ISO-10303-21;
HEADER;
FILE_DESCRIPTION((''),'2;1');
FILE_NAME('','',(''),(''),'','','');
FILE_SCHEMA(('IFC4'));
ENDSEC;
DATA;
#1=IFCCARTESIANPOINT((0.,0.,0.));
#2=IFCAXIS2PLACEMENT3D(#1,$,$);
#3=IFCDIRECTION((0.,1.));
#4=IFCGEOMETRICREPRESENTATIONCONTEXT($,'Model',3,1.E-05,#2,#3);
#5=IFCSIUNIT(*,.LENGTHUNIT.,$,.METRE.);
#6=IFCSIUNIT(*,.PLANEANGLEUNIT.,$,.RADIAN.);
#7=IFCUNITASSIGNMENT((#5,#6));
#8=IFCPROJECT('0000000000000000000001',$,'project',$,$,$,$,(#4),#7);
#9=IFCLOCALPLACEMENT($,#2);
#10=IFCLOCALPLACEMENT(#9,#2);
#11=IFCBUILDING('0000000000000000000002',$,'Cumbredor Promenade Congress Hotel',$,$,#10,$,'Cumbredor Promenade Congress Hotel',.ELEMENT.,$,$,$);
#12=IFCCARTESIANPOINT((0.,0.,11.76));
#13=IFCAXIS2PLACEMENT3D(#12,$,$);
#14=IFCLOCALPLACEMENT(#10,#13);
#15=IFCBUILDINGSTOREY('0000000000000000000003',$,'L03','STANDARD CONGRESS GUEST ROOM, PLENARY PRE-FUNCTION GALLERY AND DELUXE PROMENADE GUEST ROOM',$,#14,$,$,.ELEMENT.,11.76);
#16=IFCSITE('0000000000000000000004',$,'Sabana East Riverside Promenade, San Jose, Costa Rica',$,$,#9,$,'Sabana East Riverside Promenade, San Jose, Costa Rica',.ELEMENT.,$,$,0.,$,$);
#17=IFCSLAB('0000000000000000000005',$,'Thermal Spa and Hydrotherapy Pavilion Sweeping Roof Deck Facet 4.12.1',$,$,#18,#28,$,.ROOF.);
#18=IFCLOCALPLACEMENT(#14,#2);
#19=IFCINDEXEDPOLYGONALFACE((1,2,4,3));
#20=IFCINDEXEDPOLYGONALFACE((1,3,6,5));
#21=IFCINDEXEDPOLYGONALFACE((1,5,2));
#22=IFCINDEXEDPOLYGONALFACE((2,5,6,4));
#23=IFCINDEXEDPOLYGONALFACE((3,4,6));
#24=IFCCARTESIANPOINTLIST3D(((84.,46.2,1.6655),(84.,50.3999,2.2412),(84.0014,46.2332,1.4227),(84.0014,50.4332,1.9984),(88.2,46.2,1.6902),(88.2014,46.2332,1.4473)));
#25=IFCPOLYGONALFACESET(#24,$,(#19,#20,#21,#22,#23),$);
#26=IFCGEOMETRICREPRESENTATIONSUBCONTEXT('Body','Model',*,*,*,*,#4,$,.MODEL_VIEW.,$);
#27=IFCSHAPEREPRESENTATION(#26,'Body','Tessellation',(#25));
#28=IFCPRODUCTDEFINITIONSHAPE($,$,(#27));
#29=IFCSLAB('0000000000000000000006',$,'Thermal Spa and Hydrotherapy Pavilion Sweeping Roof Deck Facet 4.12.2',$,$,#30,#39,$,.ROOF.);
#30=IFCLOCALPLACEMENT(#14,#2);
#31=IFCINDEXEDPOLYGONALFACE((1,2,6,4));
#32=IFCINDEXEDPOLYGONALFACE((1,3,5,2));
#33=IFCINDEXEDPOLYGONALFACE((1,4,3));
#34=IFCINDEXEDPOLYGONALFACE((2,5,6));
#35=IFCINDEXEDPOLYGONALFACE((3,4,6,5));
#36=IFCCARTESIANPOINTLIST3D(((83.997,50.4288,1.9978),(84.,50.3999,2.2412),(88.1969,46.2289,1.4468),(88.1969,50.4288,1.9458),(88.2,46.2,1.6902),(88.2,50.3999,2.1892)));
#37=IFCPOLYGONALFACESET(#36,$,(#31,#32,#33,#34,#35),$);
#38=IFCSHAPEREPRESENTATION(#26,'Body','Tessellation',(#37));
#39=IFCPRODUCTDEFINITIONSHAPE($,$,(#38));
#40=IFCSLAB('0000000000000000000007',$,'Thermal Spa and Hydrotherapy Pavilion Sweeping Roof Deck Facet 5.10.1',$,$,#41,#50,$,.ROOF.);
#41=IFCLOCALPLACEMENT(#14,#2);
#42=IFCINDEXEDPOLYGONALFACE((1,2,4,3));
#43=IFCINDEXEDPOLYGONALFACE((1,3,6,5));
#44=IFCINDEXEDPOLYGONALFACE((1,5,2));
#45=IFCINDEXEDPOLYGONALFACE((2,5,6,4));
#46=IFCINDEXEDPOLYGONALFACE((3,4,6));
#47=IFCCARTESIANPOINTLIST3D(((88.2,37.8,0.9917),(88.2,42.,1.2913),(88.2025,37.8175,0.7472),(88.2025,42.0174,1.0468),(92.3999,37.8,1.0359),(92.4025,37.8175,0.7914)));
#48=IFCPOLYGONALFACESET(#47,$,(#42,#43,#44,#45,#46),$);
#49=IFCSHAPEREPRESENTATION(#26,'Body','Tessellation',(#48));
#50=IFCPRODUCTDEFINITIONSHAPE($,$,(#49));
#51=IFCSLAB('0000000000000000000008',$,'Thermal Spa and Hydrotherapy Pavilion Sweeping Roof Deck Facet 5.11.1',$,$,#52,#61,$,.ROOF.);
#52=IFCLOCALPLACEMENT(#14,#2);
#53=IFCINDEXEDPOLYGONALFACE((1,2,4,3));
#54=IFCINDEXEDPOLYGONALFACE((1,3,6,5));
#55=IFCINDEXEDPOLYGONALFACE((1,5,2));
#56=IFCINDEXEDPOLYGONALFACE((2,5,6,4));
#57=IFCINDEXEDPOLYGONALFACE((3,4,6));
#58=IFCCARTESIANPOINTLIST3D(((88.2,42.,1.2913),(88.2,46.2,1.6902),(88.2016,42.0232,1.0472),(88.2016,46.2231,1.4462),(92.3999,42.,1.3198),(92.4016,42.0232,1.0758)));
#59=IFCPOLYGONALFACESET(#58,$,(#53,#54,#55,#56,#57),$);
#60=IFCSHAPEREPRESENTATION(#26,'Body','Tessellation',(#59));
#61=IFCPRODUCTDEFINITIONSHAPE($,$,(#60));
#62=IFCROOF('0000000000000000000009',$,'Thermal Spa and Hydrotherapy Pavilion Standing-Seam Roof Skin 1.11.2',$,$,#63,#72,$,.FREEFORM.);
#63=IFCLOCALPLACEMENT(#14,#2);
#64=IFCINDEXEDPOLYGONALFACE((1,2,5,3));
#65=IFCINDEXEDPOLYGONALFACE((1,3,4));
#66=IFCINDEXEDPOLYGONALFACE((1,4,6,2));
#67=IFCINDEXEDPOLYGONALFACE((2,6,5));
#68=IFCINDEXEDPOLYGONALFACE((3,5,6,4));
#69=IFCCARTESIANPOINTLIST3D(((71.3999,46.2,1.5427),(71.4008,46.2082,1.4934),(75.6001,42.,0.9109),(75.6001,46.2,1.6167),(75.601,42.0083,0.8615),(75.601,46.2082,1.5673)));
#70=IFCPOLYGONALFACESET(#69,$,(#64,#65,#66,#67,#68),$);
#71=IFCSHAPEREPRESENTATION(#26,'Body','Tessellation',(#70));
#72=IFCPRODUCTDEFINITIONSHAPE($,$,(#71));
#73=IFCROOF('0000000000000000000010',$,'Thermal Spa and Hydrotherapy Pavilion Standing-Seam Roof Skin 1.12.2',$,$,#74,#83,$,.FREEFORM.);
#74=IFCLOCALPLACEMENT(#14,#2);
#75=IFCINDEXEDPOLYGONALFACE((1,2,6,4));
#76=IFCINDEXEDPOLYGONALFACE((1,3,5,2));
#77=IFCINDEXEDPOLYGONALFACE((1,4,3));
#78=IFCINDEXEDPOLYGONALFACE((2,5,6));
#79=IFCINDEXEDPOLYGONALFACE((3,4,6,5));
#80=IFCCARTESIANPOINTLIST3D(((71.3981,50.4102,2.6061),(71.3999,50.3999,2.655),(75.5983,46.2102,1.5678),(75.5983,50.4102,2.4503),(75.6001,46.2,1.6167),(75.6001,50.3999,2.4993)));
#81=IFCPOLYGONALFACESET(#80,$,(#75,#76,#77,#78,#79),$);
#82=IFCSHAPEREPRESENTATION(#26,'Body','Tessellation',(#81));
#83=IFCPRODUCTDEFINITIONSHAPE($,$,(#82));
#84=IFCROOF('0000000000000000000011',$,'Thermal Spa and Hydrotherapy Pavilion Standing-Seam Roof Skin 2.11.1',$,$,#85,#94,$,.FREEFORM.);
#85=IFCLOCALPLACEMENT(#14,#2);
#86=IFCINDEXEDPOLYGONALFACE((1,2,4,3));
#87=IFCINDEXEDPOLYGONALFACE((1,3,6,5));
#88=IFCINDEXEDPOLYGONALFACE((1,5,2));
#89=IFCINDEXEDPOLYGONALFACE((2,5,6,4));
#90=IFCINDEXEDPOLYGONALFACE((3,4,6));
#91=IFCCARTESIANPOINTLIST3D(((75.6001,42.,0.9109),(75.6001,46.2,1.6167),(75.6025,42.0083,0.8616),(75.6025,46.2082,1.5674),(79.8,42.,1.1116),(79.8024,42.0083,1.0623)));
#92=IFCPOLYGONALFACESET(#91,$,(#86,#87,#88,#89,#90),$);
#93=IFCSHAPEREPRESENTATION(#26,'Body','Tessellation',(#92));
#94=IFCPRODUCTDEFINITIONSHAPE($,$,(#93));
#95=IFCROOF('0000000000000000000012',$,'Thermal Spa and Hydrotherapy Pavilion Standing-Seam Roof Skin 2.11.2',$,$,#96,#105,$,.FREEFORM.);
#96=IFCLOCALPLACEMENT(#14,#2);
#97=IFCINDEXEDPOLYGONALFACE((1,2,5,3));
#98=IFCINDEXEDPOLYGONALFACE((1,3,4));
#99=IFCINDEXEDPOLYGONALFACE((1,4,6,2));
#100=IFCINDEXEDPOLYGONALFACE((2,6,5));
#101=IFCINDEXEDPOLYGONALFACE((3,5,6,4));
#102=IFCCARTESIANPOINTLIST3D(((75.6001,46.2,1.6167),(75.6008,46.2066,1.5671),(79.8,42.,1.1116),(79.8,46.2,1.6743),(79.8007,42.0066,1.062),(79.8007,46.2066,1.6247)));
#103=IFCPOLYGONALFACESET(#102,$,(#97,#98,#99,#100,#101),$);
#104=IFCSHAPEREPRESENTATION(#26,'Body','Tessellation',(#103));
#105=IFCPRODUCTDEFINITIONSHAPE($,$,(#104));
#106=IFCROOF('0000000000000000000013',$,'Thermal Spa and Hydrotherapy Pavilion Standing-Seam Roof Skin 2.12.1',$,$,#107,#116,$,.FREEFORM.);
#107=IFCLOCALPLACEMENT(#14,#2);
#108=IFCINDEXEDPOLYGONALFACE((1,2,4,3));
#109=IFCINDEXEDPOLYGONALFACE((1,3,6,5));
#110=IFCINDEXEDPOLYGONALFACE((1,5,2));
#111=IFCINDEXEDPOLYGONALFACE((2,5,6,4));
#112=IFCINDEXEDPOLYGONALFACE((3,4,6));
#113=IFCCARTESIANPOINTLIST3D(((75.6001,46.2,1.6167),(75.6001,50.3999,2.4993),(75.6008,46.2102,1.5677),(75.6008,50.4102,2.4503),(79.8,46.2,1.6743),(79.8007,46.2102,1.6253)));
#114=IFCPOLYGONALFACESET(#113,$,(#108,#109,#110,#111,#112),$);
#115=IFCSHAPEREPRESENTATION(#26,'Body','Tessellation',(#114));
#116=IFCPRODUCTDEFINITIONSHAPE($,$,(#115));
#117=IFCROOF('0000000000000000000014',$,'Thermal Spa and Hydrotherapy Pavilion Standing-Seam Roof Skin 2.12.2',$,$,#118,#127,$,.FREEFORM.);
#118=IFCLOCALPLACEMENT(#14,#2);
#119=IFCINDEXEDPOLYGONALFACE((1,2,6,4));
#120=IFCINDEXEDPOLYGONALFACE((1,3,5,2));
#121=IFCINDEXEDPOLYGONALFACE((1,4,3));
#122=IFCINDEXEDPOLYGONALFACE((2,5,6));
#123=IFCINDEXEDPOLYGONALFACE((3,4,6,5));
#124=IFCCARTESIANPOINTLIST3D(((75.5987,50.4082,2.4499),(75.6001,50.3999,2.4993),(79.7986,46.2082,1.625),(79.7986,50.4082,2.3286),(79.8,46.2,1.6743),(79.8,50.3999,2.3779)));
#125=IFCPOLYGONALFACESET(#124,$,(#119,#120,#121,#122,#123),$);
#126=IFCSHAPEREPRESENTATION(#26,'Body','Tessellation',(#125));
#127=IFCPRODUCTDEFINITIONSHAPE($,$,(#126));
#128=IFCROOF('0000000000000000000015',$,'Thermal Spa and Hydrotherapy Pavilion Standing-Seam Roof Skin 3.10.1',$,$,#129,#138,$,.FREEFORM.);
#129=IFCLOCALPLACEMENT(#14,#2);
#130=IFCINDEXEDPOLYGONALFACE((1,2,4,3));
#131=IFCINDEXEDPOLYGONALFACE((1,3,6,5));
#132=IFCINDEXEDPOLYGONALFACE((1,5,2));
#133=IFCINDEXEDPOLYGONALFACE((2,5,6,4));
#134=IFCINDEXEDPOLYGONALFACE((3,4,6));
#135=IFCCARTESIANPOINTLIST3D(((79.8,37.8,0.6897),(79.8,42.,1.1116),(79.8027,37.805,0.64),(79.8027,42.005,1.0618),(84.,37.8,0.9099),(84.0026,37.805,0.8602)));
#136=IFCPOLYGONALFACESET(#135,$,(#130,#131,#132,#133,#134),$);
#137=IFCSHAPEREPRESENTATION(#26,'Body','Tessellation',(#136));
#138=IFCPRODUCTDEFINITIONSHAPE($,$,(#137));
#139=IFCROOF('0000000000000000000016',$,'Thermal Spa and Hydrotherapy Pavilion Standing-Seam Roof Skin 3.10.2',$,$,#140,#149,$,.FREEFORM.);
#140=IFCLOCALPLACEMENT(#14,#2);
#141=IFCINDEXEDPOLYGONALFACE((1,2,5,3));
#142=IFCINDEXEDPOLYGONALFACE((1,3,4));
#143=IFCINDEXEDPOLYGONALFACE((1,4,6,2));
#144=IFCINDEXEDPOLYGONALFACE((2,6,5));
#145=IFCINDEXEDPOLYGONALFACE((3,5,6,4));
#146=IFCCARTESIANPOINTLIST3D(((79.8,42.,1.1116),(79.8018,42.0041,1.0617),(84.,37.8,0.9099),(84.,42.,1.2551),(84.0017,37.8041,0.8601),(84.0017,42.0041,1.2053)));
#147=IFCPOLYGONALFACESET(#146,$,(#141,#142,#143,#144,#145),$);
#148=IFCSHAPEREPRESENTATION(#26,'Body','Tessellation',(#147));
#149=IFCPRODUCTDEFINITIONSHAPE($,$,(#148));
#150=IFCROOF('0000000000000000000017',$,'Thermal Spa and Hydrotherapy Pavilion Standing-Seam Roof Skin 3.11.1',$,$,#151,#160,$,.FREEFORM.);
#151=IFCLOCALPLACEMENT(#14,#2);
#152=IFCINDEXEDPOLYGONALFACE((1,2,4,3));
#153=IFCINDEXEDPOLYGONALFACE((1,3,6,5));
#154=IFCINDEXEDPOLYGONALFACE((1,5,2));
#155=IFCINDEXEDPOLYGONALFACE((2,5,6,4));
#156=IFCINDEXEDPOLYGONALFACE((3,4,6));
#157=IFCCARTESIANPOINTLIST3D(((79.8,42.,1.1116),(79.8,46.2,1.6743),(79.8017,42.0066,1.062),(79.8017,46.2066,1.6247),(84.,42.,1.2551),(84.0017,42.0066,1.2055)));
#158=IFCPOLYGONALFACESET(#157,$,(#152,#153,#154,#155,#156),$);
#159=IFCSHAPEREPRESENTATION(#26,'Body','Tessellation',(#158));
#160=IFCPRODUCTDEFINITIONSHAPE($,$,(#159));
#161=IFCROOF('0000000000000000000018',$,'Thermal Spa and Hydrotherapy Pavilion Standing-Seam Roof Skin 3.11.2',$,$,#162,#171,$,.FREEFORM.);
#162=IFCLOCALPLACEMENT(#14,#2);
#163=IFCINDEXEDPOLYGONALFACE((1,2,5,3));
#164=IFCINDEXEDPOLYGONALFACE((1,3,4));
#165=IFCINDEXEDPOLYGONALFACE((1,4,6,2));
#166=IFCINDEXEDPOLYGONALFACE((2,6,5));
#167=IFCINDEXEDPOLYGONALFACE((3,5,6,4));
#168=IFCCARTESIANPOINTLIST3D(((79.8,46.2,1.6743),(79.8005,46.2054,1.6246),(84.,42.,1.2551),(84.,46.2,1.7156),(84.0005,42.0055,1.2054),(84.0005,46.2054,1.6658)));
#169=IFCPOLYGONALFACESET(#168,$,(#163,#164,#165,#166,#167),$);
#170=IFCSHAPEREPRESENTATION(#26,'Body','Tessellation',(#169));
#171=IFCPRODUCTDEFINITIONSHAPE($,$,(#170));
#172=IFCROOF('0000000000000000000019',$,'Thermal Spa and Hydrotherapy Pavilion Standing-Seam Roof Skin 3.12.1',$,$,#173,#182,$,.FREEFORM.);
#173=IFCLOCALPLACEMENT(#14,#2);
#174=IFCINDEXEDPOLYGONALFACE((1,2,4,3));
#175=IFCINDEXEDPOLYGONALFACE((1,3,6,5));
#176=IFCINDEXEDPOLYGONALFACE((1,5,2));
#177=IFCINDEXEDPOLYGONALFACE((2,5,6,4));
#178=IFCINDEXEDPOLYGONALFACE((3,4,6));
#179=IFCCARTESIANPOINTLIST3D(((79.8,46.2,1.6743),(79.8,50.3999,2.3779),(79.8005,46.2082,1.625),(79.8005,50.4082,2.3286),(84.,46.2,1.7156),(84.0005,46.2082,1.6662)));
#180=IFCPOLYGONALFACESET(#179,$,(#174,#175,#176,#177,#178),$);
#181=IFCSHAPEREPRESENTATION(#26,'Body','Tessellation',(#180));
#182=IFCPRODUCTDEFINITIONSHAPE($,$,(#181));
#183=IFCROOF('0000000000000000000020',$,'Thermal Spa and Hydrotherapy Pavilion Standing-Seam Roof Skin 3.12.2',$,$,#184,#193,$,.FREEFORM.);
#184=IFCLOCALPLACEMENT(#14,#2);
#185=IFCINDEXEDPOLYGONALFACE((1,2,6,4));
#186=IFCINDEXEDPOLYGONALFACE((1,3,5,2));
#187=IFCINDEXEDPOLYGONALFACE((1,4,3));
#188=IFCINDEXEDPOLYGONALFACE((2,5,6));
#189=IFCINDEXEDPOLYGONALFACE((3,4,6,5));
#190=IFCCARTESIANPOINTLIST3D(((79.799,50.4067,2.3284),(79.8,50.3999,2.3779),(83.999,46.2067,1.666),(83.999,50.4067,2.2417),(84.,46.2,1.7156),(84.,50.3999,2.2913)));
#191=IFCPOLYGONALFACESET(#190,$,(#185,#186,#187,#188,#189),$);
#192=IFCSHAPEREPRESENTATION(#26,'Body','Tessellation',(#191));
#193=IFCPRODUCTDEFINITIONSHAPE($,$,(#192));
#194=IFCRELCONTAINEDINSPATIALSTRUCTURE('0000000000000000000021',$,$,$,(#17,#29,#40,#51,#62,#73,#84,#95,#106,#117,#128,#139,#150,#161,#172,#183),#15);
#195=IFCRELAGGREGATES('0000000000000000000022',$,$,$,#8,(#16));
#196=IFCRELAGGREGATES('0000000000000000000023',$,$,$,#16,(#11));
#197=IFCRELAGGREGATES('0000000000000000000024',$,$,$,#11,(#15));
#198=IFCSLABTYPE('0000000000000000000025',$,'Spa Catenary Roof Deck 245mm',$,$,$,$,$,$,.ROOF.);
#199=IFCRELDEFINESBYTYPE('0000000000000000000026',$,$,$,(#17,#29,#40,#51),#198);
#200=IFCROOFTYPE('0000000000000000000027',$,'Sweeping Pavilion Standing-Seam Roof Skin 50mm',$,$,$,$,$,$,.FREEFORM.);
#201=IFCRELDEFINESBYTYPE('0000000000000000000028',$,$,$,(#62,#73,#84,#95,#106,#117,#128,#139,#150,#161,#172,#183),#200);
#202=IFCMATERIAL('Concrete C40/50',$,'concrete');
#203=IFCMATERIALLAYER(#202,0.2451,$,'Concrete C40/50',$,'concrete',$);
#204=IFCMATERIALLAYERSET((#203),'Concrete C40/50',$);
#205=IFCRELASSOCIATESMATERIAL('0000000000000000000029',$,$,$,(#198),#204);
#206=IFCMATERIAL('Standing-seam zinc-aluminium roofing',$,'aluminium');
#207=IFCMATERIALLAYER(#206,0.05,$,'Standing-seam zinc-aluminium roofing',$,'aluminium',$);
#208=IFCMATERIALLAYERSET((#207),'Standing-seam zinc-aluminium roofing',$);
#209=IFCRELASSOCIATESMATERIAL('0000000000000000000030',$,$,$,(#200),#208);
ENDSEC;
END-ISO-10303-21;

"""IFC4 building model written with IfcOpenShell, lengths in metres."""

from ifc_helpers import new_model, si_unit, direction, frame, origin, place, context, subcontext, project, spatial, polyline, outline, extrude, material, layer, layer_set, type_object, element, save


model = new_model("IFC4")

# Units and contexts
model_context = context("Model", 3, precision=1e-05, world=origin(), true_north=direction((0.0, 1.0)))
body_context = subcontext(model_context, "Body", "Model", "MODEL_VIEW")
ifc_project = project(units=[si_unit("LENGTHUNIT", "METRE"), si_unit("PLANEANGLEUNIT", "RADIAN")], contexts=[model_context])

# Site, building, storey
site_placement = place(None, origin())
site = spatial("IfcSite", under=ifc_project, at=site_placement, Name="Sabana East Riverside Promenade, San Jose, Costa Rica", LongName="Sabana East Riverside Promenade, San Jose, Costa Rica", CompositionType="ELEMENT", RefElevation=0.0)
building_placement = place(site_placement, origin())
building = spatial("IfcBuilding", under=site, at=building_placement, Name="Cumbredor Promenade Congress Hotel", LongName="Cumbredor Promenade Congress Hotel", CompositionType="ELEMENT")
storey_placement = place(building_placement, frame((0.0, 0.0, 11.76)))
storey = spatial("IfcBuildingStorey", under=building, at=storey_placement, Name="L03", Description="STANDARD CONGRESS GUEST ROOM, PLENARY PRE-FUNCTION GALLERY AND DELUXE PROMENADE GUEST ROOM", CompositionType="ELEMENT", Elevation=11.76)

# Slabs
ifc_material_1 = material(Name="Concrete C40/50", Category="concrete")
ifc_layer_1 = layer(ifc_material_1, 0.2451, Name="Concrete C40/50", Category="concrete")
ifc_layer_set_1 = layer_set([ifc_layer_1], Name="Concrete C40/50")
slab_type = type_object("IfcSlabType", Name="Spa Catenary Roof Deck 245mm", PredefinedType="ROOF", material=ifc_layer_set_1)
slab_1_placement = place(storey_placement, frame((84.0, 46.2, 1.6655), z_axis=(-0.005817, -0.135797, 0.99072), x_axis=(0.999983, 0.0, 0.005871)))
element("IfcSlab", 1, at=slab_1_placement, inside=storey, type_object=slab_type, Name="Thermal Spa and Hydrotherapy Pavilion Sweeping Roof Deck Facet 4.12.1", PredefinedType="ROOF", context=body_context, shape_type="SweptSolid", body=[
    extrude(outline(polyline([(0.0, 0.0), (4.2, 0.0), (0.0034, 4.2392), (0.0, 0.0)])), origin(), (0.0, 0.0, -1.0), 0.2451),
])
slab_2_placement = place(storey_placement, frame((88.2, 46.2, 1.6902), z_axis=(0.012294, -0.117978, 0.99294), x_axis=(0.0, 0.993015, 0.117987)))
element("IfcSlab", 2, at=slab_2_placement, inside=storey, type_object=slab_type, Name="Thermal Spa and Hydrotherapy Pavilion Sweeping Roof Deck Facet 4.12.2", PredefinedType="ROOF", context=body_context, shape_type="SweptSolid", body=[
    extrude(outline(polyline([(0.0, 0.0), (4.2295, 0.0), (4.2356, 4.2003), (0.0, 0.0)])), origin(), (0.0, 0.0, -1.0), 0.2451),
])
slab_3_placement = place(storey_placement, frame((88.2, 37.8, 0.9917), z_axis=(-0.010494, -0.07114, 0.997411), x_axis=(0.999945, 0.0, 0.010521)))
element("IfcSlab", 3, at=slab_3_placement, inside=storey, type_object=slab_type, Name="Thermal Spa and Hydrotherapy Pavilion Sweeping Roof Deck Facet 5.10.1", PredefinedType="ROOF", context=body_context, shape_type="SweptSolid", body=[
    extrude(outline(polyline([(0.0, 0.0), (4.2002, 0.0), (0.0032, 4.2106), (0.0, 0.0)])), origin(), (0.0, 0.0, -1.0), 0.2451),
])
slab_4_placement = place(storey_placement, frame((88.2, 42.0, 1.2913), z_axis=(-0.006771, -0.094556, 0.995497), x_axis=(0.999977, 0.0, 0.006801)))
element("IfcSlab", 4, at=slab_4_placement, inside=storey, type_object=slab_type, Name="Thermal Spa and Hydrotherapy Pavilion Sweeping Roof Deck Facet 5.11.1", PredefinedType="ROOF", context=body_context, shape_type="SweptSolid", body=[
    extrude(outline(polyline([(0.0, 0.0), (4.2, 0.0), (0.0027, 4.2189), (0.0, 0.0)])), origin(), (0.0, 0.0, -1.0), 0.2451),
])

# Roofs
ifc_material_2 = material(Name="Standing-seam zinc-aluminium roofing", Category="aluminium")
ifc_layer_2 = layer(ifc_material_2, 0.05, Name="Standing-seam zinc-aluminium roofing", Category="aluminium")
ifc_layer_set_2 = layer_set([ifc_layer_2], Name="Standing-seam zinc-aluminium roofing")
roof_type = type_object("IfcRoofType", Name="Sweeping Pavilion Standing-Seam Roof Skin 50mm", PredefinedType="FREEFORM", material=ifc_layer_set_2)
roof_1_placement = place(storey_placement, frame((75.6001, 42.0, 0.9109), z_axis=(-0.017366, -0.165703, 0.986023), x_axis=(0.0, 0.986171, 0.165728)))
element("IfcRoof", 5, at=roof_1_placement, inside=storey, type_object=roof_type, Name="Thermal Spa and Hydrotherapy Pavilion Standing-Seam Roof Skin 1.11.2", PredefinedType="FREEFORM", context=body_context, shape_type="SweptSolid", body=[
    extrude(outline(polyline([(0.0, 0.0), (4.2588, 0.0), (4.2466, 4.2008), (0.0, 0.0)])), origin(), (0.0, 0.0, -1.0), 0.05),
])
roof_2_placement = place(storey_placement, frame((75.6001, 46.2, 1.6167), z_axis=(0.036268, -0.205511, 0.977983), x_axis=(0.0, 0.978626, 0.205646)))
element("IfcRoof", 6, at=roof_2_placement, inside=storey, type_object=roof_type, Name="Thermal Spa and Hydrotherapy Pavilion Standing-Seam Roof Skin 1.12.2", PredefinedType="FREEFORM", context=body_context, shape_type="SweptSolid", body=[
    extrude(outline(polyline([(0.0, 0.0), (4.2917, 0.0), (4.3237, 4.203), (0.0, 0.0)])), origin(), (0.0, 0.0, -1.0), 0.05),
])
roof_3_placement = place(storey_placement, frame((75.6001, 42.0, 0.9109), z_axis=(-0.047069, -0.165544, 0.985078), x_axis=(0.99886, 0.0, 0.047728)))
element("IfcRoof", 7, at=roof_3_placement, inside=storey, type_object=roof_type, Name="Thermal Spa and Hydrotherapy Pavilion Standing-Seam Roof Skin 2.11.1", PredefinedType="FREEFORM", context=body_context, shape_type="SweptSolid", body=[
    extrude(outline(polyline([(0.0, 0.0), (4.2047, 0.0), (0.0337, 4.2587), (0.0, 0.0)])), origin(), (0.0, 0.0, -1.0), 0.05),
])
roof_4_placement = place(storey_placement, frame((79.8, 42.0, 1.1116), z_axis=(-0.013596, -0.132789, 0.991051), x_axis=(0.0, 0.991143, 0.132801)))
element("IfcRoof", 8, at=roof_4_placement, inside=storey, type_object=roof_type, Name="Thermal Spa and Hydrotherapy Pavilion Standing-Seam Roof Skin 2.11.2", PredefinedType="FREEFORM", context=body_context, shape_type="SweptSolid", body=[
    extrude(outline(polyline([(0.0, 0.0), (4.2375, 0.0), (4.2298, 4.2003), (0.0, 0.0)])), origin(), (0.0, 0.0, -1.0), 0.05),
])
roof_5_placement = place(storey_placement, frame((75.6001, 46.2, 1.6167), z_axis=(-0.013424, -0.205628, 0.978538), x_axis=(0.999906, 0.0, 0.013717)))
element("IfcRoof", 9, at=roof_5_placement, inside=storey, type_object=roof_type, Name="Thermal Spa and Hydrotherapy Pavilion Standing-Seam Roof Skin 2.12.1", PredefinedType="FREEFORM", context=body_context, shape_type="SweptSolid", body=[
    extrude(outline(polyline([(0.0, 0.0), (4.2003, 0.0), (0.0121, 4.2917), (0.0, 0.0)])), origin(), (0.0, 0.0, -1.0), 0.05),
])
roof_6_placement = place(storey_placement, frame((79.8, 46.2, 1.6743), z_axis=(0.028482, -0.165159, 0.985856), x_axis=(0.0, 0.986256, 0.165226)))
element("IfcRoof", 10, at=roof_6_placement, inside=storey, type_object=roof_type, Name="Thermal Spa and Hydrotherapy Pavilion Standing-Seam Roof Skin 2.12.2", PredefinedType="FREEFORM", context=body_context, shape_type="SweptSolid", body=[
    extrude(outline(polyline([(0.0, 0.0), (4.2585, 0.0), (4.2785, 4.2017), (0.0, 0.0)])), origin(), (0.0, 0.0, -1.0), 0.05),
])
roof_7_placement = place(storey_placement, frame((79.8, 37.8, 0.6897), z_axis=(-0.052099, -0.099809, 0.993642), x_axis=(0.998628, 0.0, 0.052361)))
element("IfcRoof", 11, at=roof_7_placement, inside=storey, type_object=roof_type, Name="Thermal Spa and Hydrotherapy Pavilion Standing-Seam Roof Skin 3.10.1", PredefinedType="FREEFORM", context=body_context, shape_type="SweptSolid", body=[
    extrude(outline(polyline([(0.0, 0.0), (4.2057, 0.0), (0.0221, 4.221), (0.0, 0.0)])), origin(), (0.0, 0.0, -1.0), 0.05),
])
roof_8_placement = place(storey_placement, frame((84.0, 37.8, 0.9099), z_axis=(-0.034045, -0.081871, 0.996061), x_axis=(0.0, 0.996639, 0.081919)))
element("IfcRoof", 12, at=roof_8_placement, inside=storey, type_object=roof_type, Name="Thermal Spa and Hydrotherapy Pavilion Standing-Seam Roof Skin 3.10.2", PredefinedType="FREEFORM", context=body_context, shape_type="SweptSolid", body=[
    extrude(outline(polyline([(0.0, 0.0), (4.2141, 0.0), (4.2024, 4.2024), (0.0, 0.0)])), origin(), (0.0, 0.0, -1.0), 0.05),
])
roof_9_placement = place(storey_placement, frame((79.8, 42.0, 1.1116), z_axis=(-0.033858, -0.132725, 0.990574), x_axis=(0.999416, 0.0, 0.03416)))
element("IfcRoof", 13, at=roof_9_placement, inside=storey, type_object=roof_type, Name="Thermal Spa and Hydrotherapy Pavilion Standing-Seam Roof Skin 3.11.1", PredefinedType="FREEFORM", context=body_context, shape_type="SweptSolid", body=[
    extrude(outline(polyline([(0.0, 0.0), (4.2024, 0.0), (0.0192, 4.2374), (0.0, 0.0)])), origin(), (0.0, 0.0, -1.0), 0.05),
])
roof_10_placement = place(storey_placement, frame((84.0, 42.0, 1.2551), z_axis=(-0.009765, -0.108974, 0.993997), x_axis=(0.0, 0.994044, 0.108979)))
element("IfcRoof", 14, at=roof_10_placement, inside=storey, type_object=roof_type, Name="Thermal Spa and Hydrotherapy Pavilion Standing-Seam Roof Skin 3.11.2", PredefinedType="FREEFORM", context=body_context, shape_type="SweptSolid", body=[
    extrude(outline(polyline([(0.0, 0.0), (4.2251, 0.0), (4.2206, 4.2002), (0.0, 0.0)])), origin(), (0.0, 0.0, -1.0), 0.05),
])
roof_11_placement = place(storey_placement, frame((79.8, 46.2, 1.6743), z_axis=(-0.009688, -0.165219, 0.986209), x_axis=(0.999952, 0.0, 0.009823)))
element("IfcRoof", 15, at=roof_11_placement, inside=storey, type_object=roof_type, Name="Thermal Spa and Hydrotherapy Pavilion Standing-Seam Roof Skin 3.12.1", PredefinedType="FREEFORM", context=body_context, shape_type="SweptSolid", body=[
    extrude(outline(polyline([(0.0, 0.0), (4.2002, 0.0), (0.0069, 4.2585), (0.0, 0.0)])), origin(), (0.0, 0.0, -1.0), 0.05),
])
roof_12_placement = place(storey_placement, frame((84.0, 46.2, 1.7156), z_axis=(0.020441, -0.135771, 0.990529), x_axis=(0.0, 0.990736, 0.135799)))
element("IfcRoof", 16, at=roof_12_placement, inside=storey, type_object=roof_type, Name="Thermal Spa and Hydrotherapy Pavilion Standing-Seam Roof Skin 3.12.2", PredefinedType="FREEFORM", context=body_context, shape_type="SweptSolid", body=[
    extrude(outline(polyline([(0.0, 0.0), (4.2392, 0.0), (4.251, 4.2008), (0.0, 0.0)])), origin(), (0.0, 0.0, -1.0), 0.05),
])

save(model, "model.ifc")
